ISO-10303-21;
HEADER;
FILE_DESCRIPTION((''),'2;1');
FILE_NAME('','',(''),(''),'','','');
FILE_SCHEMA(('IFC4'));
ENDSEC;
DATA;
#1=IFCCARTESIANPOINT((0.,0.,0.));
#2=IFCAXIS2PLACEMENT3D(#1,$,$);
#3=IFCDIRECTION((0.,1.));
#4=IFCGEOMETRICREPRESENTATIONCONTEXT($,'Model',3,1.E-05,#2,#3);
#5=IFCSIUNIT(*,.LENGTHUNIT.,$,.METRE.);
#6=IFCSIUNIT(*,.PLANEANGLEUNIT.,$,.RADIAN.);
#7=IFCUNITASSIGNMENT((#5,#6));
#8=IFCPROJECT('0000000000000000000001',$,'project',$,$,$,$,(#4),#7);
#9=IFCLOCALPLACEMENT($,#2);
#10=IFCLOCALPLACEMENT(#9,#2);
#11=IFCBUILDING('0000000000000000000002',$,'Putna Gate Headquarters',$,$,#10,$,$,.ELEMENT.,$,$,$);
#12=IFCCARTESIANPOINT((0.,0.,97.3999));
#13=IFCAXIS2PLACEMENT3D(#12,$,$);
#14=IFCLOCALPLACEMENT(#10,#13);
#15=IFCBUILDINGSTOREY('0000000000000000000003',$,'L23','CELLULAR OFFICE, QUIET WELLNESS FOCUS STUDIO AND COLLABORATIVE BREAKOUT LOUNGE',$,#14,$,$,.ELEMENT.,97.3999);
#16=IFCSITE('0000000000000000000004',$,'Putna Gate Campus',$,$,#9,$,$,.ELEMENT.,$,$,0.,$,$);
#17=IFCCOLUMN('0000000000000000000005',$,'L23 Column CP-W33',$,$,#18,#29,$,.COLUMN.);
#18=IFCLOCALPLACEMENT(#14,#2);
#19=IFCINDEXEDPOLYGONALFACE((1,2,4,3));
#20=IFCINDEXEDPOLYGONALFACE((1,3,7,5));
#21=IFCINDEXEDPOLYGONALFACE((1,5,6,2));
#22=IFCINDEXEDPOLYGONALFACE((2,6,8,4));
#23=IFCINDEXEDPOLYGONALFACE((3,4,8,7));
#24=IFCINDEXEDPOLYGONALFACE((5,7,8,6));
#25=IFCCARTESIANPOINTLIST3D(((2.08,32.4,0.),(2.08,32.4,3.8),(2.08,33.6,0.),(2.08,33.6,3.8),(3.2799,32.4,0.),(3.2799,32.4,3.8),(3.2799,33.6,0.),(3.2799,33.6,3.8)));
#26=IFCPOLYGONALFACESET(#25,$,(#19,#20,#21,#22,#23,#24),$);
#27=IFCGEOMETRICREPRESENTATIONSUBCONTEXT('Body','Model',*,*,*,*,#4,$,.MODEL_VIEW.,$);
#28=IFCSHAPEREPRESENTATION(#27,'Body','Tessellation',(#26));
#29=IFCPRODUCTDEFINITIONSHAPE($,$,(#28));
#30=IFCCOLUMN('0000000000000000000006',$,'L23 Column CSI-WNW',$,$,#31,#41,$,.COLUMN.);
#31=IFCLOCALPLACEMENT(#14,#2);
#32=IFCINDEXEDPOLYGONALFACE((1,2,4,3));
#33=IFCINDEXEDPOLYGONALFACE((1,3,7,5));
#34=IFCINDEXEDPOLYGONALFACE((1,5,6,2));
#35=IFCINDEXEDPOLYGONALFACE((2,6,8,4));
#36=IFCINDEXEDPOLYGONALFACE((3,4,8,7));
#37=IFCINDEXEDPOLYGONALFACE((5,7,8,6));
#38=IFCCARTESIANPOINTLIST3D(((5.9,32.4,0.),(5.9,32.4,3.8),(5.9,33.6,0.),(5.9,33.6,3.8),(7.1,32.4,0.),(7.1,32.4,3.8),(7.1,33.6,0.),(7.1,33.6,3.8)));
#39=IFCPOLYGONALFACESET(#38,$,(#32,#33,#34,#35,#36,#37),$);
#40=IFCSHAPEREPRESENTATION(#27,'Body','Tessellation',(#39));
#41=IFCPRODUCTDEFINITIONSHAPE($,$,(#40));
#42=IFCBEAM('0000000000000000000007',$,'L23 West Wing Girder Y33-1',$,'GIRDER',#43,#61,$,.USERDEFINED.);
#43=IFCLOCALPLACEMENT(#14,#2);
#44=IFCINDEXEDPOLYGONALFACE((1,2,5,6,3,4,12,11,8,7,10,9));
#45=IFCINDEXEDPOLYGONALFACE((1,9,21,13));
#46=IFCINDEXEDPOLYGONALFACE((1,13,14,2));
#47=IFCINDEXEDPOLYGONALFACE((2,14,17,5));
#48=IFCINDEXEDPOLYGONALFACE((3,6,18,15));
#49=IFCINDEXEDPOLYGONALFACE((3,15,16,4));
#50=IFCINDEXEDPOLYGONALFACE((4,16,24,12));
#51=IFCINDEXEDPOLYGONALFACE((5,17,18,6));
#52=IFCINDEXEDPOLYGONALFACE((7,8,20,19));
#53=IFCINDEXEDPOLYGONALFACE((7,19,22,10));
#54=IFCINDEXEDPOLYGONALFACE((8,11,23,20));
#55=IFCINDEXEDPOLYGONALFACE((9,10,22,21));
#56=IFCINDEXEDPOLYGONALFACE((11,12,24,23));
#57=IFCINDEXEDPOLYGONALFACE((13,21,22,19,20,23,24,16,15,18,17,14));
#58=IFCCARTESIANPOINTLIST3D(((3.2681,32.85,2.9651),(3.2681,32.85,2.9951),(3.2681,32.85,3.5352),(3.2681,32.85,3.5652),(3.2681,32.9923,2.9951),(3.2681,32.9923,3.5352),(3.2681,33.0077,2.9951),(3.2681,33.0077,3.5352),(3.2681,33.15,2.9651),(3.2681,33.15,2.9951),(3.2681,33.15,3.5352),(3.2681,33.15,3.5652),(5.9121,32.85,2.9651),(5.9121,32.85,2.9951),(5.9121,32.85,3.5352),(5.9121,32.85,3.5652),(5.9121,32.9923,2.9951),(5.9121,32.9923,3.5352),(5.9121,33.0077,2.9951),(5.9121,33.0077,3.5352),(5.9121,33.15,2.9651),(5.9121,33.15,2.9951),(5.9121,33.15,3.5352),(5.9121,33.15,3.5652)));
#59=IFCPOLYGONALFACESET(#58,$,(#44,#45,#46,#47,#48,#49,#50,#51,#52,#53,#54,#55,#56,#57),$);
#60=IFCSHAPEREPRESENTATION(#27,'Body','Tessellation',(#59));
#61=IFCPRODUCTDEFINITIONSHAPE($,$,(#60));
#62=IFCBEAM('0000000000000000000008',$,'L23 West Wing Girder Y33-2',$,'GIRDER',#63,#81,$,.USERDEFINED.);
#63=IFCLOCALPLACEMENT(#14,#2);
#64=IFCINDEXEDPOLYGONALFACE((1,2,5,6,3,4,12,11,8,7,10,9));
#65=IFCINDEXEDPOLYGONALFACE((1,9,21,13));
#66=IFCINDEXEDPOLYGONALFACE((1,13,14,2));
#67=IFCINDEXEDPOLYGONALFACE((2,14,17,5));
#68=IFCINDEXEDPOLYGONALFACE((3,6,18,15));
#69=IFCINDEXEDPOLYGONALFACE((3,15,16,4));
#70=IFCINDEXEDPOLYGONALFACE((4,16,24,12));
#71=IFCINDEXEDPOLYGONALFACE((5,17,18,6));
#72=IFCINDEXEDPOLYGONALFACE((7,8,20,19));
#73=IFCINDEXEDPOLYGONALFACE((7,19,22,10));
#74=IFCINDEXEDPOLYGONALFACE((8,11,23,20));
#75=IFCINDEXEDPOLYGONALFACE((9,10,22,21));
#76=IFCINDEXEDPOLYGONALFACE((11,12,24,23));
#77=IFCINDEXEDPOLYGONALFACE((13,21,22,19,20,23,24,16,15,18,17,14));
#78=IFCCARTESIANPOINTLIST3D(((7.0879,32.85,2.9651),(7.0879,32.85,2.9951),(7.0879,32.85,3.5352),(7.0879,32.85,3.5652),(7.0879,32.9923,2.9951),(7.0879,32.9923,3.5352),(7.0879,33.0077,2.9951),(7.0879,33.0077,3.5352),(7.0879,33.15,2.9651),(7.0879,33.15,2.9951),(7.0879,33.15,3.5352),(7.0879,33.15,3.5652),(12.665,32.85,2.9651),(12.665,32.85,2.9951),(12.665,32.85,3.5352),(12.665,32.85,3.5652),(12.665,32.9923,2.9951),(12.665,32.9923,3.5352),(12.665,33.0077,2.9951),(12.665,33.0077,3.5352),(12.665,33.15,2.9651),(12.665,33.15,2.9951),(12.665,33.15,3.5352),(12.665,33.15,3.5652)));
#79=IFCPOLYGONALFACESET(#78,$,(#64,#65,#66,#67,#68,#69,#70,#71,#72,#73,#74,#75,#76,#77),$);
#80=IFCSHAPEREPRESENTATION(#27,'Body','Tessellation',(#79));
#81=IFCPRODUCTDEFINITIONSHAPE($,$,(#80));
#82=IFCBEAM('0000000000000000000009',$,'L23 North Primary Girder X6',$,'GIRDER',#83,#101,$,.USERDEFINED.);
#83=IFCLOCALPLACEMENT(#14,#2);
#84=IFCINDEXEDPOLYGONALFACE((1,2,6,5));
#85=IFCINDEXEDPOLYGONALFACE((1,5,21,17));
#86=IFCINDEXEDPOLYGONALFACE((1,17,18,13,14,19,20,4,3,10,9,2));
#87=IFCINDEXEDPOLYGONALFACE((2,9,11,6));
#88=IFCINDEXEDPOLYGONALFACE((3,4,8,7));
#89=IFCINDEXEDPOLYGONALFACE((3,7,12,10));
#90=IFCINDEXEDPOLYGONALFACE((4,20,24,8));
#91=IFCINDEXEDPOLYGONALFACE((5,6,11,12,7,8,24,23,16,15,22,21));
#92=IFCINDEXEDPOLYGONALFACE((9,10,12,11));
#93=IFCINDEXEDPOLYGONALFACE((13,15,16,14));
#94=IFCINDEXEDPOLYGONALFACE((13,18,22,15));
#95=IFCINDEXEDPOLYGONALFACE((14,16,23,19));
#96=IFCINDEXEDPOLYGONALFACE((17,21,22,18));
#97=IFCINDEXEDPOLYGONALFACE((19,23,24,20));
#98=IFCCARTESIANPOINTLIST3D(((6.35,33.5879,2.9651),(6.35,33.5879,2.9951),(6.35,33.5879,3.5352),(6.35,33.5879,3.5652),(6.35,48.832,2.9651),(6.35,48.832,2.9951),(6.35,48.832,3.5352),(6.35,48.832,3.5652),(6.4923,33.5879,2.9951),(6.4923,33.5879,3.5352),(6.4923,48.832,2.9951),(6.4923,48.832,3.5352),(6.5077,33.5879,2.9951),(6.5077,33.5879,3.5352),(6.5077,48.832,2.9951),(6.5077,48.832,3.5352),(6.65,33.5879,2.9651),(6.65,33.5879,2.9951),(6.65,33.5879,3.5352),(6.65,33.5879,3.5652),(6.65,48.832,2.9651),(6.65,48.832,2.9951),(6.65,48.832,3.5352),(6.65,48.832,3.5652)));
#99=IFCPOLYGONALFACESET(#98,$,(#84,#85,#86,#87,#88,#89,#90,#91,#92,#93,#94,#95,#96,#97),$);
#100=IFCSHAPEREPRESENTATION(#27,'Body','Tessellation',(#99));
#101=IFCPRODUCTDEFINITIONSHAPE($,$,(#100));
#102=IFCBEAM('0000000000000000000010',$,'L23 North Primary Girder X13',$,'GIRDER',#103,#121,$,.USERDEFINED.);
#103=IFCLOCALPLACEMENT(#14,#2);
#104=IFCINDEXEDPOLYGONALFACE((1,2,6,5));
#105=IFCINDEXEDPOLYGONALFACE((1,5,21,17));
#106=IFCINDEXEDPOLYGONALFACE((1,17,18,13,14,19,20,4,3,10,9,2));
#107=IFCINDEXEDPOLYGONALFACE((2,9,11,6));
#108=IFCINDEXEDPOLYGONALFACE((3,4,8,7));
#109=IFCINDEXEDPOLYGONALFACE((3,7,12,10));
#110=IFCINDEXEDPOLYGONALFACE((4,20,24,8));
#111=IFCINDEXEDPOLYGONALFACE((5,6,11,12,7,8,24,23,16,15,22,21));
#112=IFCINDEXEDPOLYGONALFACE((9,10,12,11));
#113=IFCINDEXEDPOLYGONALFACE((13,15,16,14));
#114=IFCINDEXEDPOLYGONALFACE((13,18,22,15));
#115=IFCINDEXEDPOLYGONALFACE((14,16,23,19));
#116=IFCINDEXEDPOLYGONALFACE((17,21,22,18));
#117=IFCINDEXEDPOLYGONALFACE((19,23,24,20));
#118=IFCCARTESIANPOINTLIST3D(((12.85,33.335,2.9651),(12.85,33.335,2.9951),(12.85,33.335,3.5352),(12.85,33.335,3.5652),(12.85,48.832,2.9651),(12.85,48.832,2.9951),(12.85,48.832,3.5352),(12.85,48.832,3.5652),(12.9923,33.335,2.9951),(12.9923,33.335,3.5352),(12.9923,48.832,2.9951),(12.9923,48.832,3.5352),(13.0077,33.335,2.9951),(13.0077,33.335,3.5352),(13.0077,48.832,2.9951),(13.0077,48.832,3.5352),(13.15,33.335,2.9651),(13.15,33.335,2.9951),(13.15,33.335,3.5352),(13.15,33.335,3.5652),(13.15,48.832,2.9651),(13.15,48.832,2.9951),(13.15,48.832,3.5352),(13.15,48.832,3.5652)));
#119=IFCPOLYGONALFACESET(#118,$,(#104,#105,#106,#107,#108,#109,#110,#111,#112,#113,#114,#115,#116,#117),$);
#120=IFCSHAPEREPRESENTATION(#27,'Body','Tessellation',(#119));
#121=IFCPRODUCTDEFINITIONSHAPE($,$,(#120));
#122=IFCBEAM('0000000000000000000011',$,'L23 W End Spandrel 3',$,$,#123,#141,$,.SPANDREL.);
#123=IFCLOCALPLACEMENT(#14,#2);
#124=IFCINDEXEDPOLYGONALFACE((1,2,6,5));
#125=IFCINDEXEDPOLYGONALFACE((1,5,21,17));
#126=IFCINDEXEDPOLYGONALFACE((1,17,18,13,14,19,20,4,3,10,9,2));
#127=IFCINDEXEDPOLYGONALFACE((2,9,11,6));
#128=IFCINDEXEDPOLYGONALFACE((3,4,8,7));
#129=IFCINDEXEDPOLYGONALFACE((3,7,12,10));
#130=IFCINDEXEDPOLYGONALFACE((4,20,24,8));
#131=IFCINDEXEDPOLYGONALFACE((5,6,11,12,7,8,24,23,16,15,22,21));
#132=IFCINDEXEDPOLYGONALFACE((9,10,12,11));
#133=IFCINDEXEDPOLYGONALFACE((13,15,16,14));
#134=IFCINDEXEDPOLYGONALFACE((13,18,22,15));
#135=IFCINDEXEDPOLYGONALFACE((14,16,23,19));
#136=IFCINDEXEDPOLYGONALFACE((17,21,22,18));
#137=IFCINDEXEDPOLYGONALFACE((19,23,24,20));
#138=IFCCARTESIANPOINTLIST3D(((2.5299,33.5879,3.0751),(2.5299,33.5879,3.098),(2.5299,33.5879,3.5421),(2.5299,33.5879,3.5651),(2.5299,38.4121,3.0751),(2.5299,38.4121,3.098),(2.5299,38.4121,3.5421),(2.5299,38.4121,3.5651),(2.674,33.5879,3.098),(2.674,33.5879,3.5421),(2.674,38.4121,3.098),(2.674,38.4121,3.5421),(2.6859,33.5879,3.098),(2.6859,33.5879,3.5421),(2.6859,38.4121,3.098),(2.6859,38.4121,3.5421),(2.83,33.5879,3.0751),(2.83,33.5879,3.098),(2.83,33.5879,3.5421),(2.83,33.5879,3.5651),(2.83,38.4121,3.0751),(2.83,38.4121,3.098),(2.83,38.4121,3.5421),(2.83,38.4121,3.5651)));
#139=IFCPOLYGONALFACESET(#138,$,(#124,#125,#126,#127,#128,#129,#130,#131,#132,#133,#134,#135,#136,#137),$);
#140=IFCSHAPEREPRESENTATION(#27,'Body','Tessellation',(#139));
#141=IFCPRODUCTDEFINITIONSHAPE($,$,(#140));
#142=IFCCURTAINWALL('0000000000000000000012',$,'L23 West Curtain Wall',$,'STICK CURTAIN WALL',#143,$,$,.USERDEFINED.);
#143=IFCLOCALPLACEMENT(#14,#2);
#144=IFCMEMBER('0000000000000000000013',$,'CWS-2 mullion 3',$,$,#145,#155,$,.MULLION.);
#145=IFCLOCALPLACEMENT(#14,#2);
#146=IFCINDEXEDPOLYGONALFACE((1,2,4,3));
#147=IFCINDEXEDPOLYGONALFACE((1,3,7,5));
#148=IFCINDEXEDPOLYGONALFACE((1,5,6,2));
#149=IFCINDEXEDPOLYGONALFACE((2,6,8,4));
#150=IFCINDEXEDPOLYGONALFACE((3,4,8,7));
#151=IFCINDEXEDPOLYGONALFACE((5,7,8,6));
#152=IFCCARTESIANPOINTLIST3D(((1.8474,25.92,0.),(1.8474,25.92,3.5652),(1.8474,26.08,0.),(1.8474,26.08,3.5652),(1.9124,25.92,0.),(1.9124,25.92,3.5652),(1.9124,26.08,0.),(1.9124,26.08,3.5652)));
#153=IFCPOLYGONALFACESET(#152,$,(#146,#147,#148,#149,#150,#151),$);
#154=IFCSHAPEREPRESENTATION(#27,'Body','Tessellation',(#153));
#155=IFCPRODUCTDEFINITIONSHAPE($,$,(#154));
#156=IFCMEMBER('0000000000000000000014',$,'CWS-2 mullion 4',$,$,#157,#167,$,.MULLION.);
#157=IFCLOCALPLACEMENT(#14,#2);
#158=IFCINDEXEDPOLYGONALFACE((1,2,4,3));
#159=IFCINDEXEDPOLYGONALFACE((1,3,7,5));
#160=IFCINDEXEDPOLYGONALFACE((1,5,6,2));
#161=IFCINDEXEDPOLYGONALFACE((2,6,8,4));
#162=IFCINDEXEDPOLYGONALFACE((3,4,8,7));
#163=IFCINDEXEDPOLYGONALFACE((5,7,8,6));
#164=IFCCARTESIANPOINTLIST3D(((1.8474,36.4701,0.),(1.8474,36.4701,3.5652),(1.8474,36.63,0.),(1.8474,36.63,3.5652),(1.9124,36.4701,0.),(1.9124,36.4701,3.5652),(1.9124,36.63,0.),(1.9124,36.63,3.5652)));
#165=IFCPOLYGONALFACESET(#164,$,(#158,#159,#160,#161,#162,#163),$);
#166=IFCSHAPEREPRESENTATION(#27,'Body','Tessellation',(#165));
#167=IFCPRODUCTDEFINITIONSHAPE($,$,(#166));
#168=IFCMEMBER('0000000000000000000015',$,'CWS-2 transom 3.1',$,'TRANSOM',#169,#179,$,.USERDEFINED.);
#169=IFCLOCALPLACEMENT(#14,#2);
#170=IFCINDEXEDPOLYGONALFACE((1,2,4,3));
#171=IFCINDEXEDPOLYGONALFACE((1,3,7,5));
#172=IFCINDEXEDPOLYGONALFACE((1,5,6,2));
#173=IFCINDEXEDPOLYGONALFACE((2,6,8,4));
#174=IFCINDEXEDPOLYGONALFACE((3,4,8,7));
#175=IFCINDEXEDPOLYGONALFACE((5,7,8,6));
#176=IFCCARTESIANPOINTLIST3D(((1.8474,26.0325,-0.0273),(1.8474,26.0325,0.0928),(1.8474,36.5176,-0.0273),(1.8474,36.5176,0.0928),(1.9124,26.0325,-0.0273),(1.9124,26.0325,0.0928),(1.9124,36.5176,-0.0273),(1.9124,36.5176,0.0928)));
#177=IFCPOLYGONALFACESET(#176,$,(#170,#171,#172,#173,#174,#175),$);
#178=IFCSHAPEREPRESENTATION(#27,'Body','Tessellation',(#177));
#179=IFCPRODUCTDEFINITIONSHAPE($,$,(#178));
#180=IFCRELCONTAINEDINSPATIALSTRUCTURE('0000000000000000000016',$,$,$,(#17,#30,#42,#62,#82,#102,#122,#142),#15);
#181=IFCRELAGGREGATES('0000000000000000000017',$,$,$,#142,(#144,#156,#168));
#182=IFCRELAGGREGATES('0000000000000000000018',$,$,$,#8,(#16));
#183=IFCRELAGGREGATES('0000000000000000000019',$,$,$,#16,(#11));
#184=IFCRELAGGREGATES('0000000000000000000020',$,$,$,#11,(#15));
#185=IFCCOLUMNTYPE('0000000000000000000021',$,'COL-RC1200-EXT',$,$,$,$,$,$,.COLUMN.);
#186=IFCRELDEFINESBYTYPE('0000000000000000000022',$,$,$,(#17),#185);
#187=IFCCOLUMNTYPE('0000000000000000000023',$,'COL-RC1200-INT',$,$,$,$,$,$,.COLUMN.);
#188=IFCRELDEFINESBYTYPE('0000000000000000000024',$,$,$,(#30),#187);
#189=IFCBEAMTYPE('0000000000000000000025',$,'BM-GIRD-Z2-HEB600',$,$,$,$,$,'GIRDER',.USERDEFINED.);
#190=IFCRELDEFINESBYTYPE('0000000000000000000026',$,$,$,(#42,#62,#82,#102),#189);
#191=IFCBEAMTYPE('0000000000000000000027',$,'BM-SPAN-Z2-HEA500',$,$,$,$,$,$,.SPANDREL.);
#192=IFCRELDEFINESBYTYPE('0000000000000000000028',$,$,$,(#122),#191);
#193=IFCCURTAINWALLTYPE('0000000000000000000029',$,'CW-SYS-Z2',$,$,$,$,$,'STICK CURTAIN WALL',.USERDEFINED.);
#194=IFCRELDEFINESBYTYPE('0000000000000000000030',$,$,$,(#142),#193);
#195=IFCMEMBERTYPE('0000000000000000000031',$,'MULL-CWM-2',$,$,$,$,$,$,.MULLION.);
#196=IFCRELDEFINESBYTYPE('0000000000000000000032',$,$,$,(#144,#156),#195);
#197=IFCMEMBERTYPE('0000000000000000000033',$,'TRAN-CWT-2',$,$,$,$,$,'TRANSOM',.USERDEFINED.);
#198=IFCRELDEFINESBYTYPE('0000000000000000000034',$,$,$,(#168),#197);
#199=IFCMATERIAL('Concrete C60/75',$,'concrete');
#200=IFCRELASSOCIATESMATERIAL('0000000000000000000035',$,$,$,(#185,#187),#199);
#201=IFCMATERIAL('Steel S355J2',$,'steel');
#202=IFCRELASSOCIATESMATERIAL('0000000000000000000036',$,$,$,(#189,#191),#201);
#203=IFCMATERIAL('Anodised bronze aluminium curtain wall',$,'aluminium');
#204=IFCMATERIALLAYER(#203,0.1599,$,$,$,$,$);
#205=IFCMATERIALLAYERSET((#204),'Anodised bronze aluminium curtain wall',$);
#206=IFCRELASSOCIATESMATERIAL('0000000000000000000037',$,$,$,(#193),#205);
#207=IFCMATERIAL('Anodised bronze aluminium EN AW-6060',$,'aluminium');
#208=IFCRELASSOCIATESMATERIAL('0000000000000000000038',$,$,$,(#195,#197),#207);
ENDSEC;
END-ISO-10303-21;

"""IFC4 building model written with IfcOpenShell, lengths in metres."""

from ifc_helpers import new_model, si_unit, direction, frame, origin, origin_2d, place, context, subcontext, project, spatial, rectangle, i_section, extrude, material, layer, layer_set, material_profile, profile_set, type_object, element, aggregate, save


model = new_model("IFC4")

# Units and contexts
model_context = context("Model", 3, precision=1e-05, world=origin(), true_north=direction((0.0, 1.0)))
body_context = subcontext(model_context, "Body", "Model", "MODEL_VIEW")
ifc_project = project(units=[si_unit("LENGTHUNIT", "METRE"), si_unit("PLANEANGLEUNIT", "RADIAN")], contexts=[model_context])

# Site, building, storey
site_placement = place(None, origin())
site = spatial("IfcSite", under=ifc_project, at=site_placement, Name="Putna Gate Campus", CompositionType="ELEMENT", RefElevation=0.0)
building_placement = place(site_placement, origin())
building = spatial("IfcBuilding", under=site, at=building_placement, Name="Putna Gate Headquarters", CompositionType="ELEMENT")
storey_placement = place(building_placement, frame((0.0, 0.0, 97.3999)))
storey = spatial("IfcBuildingStorey", under=building, at=storey_placement, Name="L23", Description="CELLULAR OFFICE, QUIET WELLNESS FOCUS STUDIO AND COLLABORATIVE BREAKOUT LOUNGE", CompositionType="ELEMENT", Elevation=97.3999)

# Columns
ifc_material_1 = material(Name="Concrete C60/75", Category="concrete")
ifc_material_profile_1 = material_profile(ifc_material_1, rectangle(XDim=1.2, YDim=1.2, at=origin_2d()), Name="Concrete C60/75")
ifc_profile_set_1 = profile_set([ifc_material_profile_1], Name="Concrete C60/75")
column_type_1 = type_object("IfcColumnType", Name="COL-RC1200-EXT", PredefinedType="COLUMN", material=ifc_profile_set_1)
column_1_placement = place(storey_placement, frame((2.6799, 33.0, 0.0), z_axis=(0.0, 0.0, 1.0), x_axis=(1.0, 0.0, 0.0)))
element("IfcColumn", 1, at=column_1_placement, inside=storey, type_object=column_type_1, Name="L23 Column CP-W33", PredefinedType="COLUMN", context=body_context, shape_type="SweptSolid", body=[
    extrude(rectangle(XDim=1.2, YDim=1.2, at=origin_2d()), origin(), (0.0, 0.0, 1.0), 3.8),
])
ifc_material_profile_2 = material_profile(ifc_material_1, rectangle(XDim=1.2, YDim=1.2, at=origin_2d()), Name="Concrete C60/75")
ifc_profile_set_2 = profile_set([ifc_material_profile_2], Name="Concrete C60/75")
column_type_2 = type_object("IfcColumnType", Name="COL-RC1200-INT", PredefinedType="COLUMN", material=ifc_profile_set_2)
column_2_placement = place(storey_placement, frame((6.5, 33.0, 0.0), z_axis=(0.0, 0.0, 1.0), x_axis=(1.0, 0.0, 0.0)))
element("IfcColumn", 2, at=column_2_placement, inside=storey, type_object=column_type_2, Name="L23 Column CSI-WNW", PredefinedType="COLUMN", context=body_context, shape_type="SweptSolid", body=[
    extrude(rectangle(XDim=1.2, YDim=1.2, at=origin_2d()), origin(), (0.0, 0.0, 1.0), 3.8),
])

# Beams
ifc_material_2 = material(Name="Steel S355J2", Category="steel")
ifc_material_profile_3 = material_profile(ifc_material_2, i_section(OverallWidth=0.3, OverallDepth=0.6001, WebThickness=0.0154, FlangeThickness=0.03, at=origin_2d()), Name="Steel S355J2")
ifc_profile_set_3 = profile_set([ifc_material_profile_3], Name="Steel S355J2")
beam_type_1 = type_object("IfcBeamType", Name="BM-GIRD-Z2-HEB600", ElementType="GIRDER", PredefinedType="USERDEFINED", material=ifc_profile_set_3)
beam_1_placement = place(storey_placement, frame((3.2681, 33.0, 3.2651), z_axis=(1.0, 0.0, 0.0), x_axis=(0.0, 1.0, 0.0)))
element("IfcBeam", 3, at=beam_1_placement, inside=storey, type_object=beam_type_1, Name="L23 West Wing Girder Y33-1", ObjectType="GIRDER", PredefinedType="USERDEFINED", context=body_context, shape_type="SweptSolid", body=[
    extrude(i_section(OverallWidth=0.3, OverallDepth=0.6001, WebThickness=0.0154, FlangeThickness=0.03, at=origin_2d()), origin(), (0.0, 0.0, 1.0), 2.644),
])
beam_2_placement = place(storey_placement, frame((7.0879, 33.0, 3.2651), z_axis=(1.0, 0.0, 0.0), x_axis=(0.0, 1.0, 0.0)))
element("IfcBeam", 4, at=beam_2_placement, inside=storey, type_object=beam_type_1, Name="L23 West Wing Girder Y33-2", ObjectType="GIRDER", PredefinedType="USERDEFINED", context=body_context, shape_type="SweptSolid", body=[
    extrude(i_section(OverallWidth=0.3, OverallDepth=0.6001, WebThickness=0.0154, FlangeThickness=0.03, at=origin_2d()), origin(), (0.0, 0.0, 1.0), 5.5771),
])
beam_3_placement = place(storey_placement, frame((6.5, 33.5879, 3.2651), z_axis=(0.0, 1.0, 0.0), x_axis=(-1.0, 0.0, 0.0)))
element("IfcBeam", 5, at=beam_3_placement, inside=storey, type_object=beam_type_1, Name="L23 North Primary Girder X6", ObjectType="GIRDER", PredefinedType="USERDEFINED", context=body_context, shape_type="SweptSolid", body=[
    extrude(i_section(OverallWidth=0.3, OverallDepth=0.6001, WebThickness=0.0154, FlangeThickness=0.03, at=origin_2d()), origin(), (0.0, 0.0, 1.0), 15.2441),
])
beam_4_placement = place(storey_placement, frame((13.0, 33.335, 3.2651), z_axis=(0.0, 1.0, 0.0), x_axis=(-1.0, 0.0, 0.0)))
element("IfcBeam", 6, at=beam_4_placement, inside=storey, type_object=beam_type_1, Name="L23 North Primary Girder X13", ObjectType="GIRDER", PredefinedType="USERDEFINED", context=body_context, shape_type="SweptSolid", body=[
    extrude(i_section(OverallWidth=0.3, OverallDepth=0.6001, WebThickness=0.0154, FlangeThickness=0.03, at=origin_2d()), origin(), (0.0, 0.0, 1.0), 15.4971),
])
ifc_material_profile_4 = material_profile(ifc_material_2, i_section(OverallWidth=0.3, OverallDepth=0.49, WebThickness=0.012, FlangeThickness=0.0229, at=origin_2d()), Name="Steel S355J2")
ifc_profile_set_4 = profile_set([ifc_material_profile_4], Name="Steel S355J2")
beam_type_2 = type_object("IfcBeamType", Name="BM-SPAN-Z2-HEA500", PredefinedType="SPANDREL", material=ifc_profile_set_4)
beam_5_placement = place(storey_placement, frame((2.6799, 33.5879, 3.3201), z_axis=(0.0, 1.0, 0.0), x_axis=(-1.0, 0.0, 0.0)))
element("IfcBeam", 7, at=beam_5_placement, inside=storey, type_object=beam_type_2, Name="L23 W End Spandrel 3", PredefinedType="SPANDREL", context=body_context, shape_type="SweptSolid", body=[
    extrude(i_section(OverallWidth=0.3, OverallDepth=0.49, WebThickness=0.012, FlangeThickness=0.0229, at=origin_2d()), origin(), (0.0, 0.0, 1.0), 4.8242),
])

# Curtain wall, members
ifc_material_3 = material(Name="Anodised bronze aluminium curtain wall", Category="aluminium")
ifc_layer_1 = layer(ifc_material_3, 0.1599)
ifc_layer_set_1 = layer_set([ifc_layer_1], Name="Anodised bronze aluminium curtain wall")
curtain_wall_type = type_object("IfcCurtainWallType", Name="CW-SYS-Z2", ElementType="STICK CURTAIN WALL", PredefinedType="USERDEFINED", material=ifc_layer_set_1)
curtain_wall_placement = place(storey_placement, origin())
curtain_wall = element("IfcCurtainWall", 8, at=curtain_wall_placement, inside=storey, type_object=curtain_wall_type, Name="L23 West Curtain Wall", ObjectType="STICK CURTAIN WALL", PredefinedType="USERDEFINED")
ifc_material_4 = material(Name="Anodised bronze aluminium EN AW-6060", Category="aluminium")
ifc_material_profile_5 = material_profile(ifc_material_4, rectangle(XDim=0.0649, YDim=0.1599, at=origin_2d()), Name="Anodised bronze aluminium EN AW-6060")
ifc_profile_set_5 = profile_set([ifc_material_profile_5], Name="Anodised bronze aluminium EN AW-6060")
member_type_1 = type_object("IfcMemberType", Name="MULL-CWM-2", PredefinedType="MULLION", material=ifc_profile_set_5)
member_1_placement = place(storey_placement, frame((1.8799, 26.0, 0.0), z_axis=(0.0, 0.0, 1.0), x_axis=(-1.0, 0.0, 0.0)))
member_1 = element("IfcMember", 9, at=member_1_placement, type_object=member_type_1, Name="CWS-2 mullion 3", PredefinedType="MULLION", context=body_context, shape_type="SweptSolid", body=[
    extrude(rectangle(XDim=0.0649, YDim=0.1599, at=origin_2d()), origin(), (0.0, 0.0, 1.0), 3.5652),
])
member_2_placement = place(storey_placement, frame((1.8799, 36.55, 0.0), z_axis=(0.0, 0.0, 1.0), x_axis=(-1.0, 0.0, 0.0)))
member_2 = element("IfcMember", 10, at=member_2_placement, type_object=member_type_1, Name="CWS-2 mullion 4", PredefinedType="MULLION", context=body_context, shape_type="SweptSolid", body=[
    extrude(rectangle(XDim=0.0649, YDim=0.1599, at=origin_2d()), origin(), (0.0, 0.0, 1.0), 3.5652),
])
ifc_material_profile_6 = material_profile(ifc_material_4, rectangle(XDim=0.0649, YDim=0.1201, at=origin_2d()), Name="Anodised bronze aluminium EN AW-6060")
ifc_profile_set_6 = profile_set([ifc_material_profile_6], Name="Anodised bronze aluminium EN AW-6060")
member_type_2 = type_object("IfcMemberType", Name="TRAN-CWT-2", ElementType="TRANSOM", PredefinedType="USERDEFINED", material=ifc_profile_set_6)
member_3_placement = place(storey_placement, frame((1.8799, 26.0325, 0.0327), z_axis=(0.0, 1.0, 0.0), x_axis=(-1.0, 0.0, 0.0)))
member_3 = element("IfcMember", 11, at=member_3_placement, type_object=member_type_2, Name="CWS-2 transom 3.1", ObjectType="TRANSOM", PredefinedType="USERDEFINED", context=body_context, shape_type="SweptSolid", body=[
    extrude(rectangle(XDim=0.0649, YDim=0.1201, at=origin_2d()), origin(), (0.0, 0.0, 1.0), 10.4851),
])
aggregate(curtain_wall, [member_1, member_2, member_3])

save(model, "model.ifc")
